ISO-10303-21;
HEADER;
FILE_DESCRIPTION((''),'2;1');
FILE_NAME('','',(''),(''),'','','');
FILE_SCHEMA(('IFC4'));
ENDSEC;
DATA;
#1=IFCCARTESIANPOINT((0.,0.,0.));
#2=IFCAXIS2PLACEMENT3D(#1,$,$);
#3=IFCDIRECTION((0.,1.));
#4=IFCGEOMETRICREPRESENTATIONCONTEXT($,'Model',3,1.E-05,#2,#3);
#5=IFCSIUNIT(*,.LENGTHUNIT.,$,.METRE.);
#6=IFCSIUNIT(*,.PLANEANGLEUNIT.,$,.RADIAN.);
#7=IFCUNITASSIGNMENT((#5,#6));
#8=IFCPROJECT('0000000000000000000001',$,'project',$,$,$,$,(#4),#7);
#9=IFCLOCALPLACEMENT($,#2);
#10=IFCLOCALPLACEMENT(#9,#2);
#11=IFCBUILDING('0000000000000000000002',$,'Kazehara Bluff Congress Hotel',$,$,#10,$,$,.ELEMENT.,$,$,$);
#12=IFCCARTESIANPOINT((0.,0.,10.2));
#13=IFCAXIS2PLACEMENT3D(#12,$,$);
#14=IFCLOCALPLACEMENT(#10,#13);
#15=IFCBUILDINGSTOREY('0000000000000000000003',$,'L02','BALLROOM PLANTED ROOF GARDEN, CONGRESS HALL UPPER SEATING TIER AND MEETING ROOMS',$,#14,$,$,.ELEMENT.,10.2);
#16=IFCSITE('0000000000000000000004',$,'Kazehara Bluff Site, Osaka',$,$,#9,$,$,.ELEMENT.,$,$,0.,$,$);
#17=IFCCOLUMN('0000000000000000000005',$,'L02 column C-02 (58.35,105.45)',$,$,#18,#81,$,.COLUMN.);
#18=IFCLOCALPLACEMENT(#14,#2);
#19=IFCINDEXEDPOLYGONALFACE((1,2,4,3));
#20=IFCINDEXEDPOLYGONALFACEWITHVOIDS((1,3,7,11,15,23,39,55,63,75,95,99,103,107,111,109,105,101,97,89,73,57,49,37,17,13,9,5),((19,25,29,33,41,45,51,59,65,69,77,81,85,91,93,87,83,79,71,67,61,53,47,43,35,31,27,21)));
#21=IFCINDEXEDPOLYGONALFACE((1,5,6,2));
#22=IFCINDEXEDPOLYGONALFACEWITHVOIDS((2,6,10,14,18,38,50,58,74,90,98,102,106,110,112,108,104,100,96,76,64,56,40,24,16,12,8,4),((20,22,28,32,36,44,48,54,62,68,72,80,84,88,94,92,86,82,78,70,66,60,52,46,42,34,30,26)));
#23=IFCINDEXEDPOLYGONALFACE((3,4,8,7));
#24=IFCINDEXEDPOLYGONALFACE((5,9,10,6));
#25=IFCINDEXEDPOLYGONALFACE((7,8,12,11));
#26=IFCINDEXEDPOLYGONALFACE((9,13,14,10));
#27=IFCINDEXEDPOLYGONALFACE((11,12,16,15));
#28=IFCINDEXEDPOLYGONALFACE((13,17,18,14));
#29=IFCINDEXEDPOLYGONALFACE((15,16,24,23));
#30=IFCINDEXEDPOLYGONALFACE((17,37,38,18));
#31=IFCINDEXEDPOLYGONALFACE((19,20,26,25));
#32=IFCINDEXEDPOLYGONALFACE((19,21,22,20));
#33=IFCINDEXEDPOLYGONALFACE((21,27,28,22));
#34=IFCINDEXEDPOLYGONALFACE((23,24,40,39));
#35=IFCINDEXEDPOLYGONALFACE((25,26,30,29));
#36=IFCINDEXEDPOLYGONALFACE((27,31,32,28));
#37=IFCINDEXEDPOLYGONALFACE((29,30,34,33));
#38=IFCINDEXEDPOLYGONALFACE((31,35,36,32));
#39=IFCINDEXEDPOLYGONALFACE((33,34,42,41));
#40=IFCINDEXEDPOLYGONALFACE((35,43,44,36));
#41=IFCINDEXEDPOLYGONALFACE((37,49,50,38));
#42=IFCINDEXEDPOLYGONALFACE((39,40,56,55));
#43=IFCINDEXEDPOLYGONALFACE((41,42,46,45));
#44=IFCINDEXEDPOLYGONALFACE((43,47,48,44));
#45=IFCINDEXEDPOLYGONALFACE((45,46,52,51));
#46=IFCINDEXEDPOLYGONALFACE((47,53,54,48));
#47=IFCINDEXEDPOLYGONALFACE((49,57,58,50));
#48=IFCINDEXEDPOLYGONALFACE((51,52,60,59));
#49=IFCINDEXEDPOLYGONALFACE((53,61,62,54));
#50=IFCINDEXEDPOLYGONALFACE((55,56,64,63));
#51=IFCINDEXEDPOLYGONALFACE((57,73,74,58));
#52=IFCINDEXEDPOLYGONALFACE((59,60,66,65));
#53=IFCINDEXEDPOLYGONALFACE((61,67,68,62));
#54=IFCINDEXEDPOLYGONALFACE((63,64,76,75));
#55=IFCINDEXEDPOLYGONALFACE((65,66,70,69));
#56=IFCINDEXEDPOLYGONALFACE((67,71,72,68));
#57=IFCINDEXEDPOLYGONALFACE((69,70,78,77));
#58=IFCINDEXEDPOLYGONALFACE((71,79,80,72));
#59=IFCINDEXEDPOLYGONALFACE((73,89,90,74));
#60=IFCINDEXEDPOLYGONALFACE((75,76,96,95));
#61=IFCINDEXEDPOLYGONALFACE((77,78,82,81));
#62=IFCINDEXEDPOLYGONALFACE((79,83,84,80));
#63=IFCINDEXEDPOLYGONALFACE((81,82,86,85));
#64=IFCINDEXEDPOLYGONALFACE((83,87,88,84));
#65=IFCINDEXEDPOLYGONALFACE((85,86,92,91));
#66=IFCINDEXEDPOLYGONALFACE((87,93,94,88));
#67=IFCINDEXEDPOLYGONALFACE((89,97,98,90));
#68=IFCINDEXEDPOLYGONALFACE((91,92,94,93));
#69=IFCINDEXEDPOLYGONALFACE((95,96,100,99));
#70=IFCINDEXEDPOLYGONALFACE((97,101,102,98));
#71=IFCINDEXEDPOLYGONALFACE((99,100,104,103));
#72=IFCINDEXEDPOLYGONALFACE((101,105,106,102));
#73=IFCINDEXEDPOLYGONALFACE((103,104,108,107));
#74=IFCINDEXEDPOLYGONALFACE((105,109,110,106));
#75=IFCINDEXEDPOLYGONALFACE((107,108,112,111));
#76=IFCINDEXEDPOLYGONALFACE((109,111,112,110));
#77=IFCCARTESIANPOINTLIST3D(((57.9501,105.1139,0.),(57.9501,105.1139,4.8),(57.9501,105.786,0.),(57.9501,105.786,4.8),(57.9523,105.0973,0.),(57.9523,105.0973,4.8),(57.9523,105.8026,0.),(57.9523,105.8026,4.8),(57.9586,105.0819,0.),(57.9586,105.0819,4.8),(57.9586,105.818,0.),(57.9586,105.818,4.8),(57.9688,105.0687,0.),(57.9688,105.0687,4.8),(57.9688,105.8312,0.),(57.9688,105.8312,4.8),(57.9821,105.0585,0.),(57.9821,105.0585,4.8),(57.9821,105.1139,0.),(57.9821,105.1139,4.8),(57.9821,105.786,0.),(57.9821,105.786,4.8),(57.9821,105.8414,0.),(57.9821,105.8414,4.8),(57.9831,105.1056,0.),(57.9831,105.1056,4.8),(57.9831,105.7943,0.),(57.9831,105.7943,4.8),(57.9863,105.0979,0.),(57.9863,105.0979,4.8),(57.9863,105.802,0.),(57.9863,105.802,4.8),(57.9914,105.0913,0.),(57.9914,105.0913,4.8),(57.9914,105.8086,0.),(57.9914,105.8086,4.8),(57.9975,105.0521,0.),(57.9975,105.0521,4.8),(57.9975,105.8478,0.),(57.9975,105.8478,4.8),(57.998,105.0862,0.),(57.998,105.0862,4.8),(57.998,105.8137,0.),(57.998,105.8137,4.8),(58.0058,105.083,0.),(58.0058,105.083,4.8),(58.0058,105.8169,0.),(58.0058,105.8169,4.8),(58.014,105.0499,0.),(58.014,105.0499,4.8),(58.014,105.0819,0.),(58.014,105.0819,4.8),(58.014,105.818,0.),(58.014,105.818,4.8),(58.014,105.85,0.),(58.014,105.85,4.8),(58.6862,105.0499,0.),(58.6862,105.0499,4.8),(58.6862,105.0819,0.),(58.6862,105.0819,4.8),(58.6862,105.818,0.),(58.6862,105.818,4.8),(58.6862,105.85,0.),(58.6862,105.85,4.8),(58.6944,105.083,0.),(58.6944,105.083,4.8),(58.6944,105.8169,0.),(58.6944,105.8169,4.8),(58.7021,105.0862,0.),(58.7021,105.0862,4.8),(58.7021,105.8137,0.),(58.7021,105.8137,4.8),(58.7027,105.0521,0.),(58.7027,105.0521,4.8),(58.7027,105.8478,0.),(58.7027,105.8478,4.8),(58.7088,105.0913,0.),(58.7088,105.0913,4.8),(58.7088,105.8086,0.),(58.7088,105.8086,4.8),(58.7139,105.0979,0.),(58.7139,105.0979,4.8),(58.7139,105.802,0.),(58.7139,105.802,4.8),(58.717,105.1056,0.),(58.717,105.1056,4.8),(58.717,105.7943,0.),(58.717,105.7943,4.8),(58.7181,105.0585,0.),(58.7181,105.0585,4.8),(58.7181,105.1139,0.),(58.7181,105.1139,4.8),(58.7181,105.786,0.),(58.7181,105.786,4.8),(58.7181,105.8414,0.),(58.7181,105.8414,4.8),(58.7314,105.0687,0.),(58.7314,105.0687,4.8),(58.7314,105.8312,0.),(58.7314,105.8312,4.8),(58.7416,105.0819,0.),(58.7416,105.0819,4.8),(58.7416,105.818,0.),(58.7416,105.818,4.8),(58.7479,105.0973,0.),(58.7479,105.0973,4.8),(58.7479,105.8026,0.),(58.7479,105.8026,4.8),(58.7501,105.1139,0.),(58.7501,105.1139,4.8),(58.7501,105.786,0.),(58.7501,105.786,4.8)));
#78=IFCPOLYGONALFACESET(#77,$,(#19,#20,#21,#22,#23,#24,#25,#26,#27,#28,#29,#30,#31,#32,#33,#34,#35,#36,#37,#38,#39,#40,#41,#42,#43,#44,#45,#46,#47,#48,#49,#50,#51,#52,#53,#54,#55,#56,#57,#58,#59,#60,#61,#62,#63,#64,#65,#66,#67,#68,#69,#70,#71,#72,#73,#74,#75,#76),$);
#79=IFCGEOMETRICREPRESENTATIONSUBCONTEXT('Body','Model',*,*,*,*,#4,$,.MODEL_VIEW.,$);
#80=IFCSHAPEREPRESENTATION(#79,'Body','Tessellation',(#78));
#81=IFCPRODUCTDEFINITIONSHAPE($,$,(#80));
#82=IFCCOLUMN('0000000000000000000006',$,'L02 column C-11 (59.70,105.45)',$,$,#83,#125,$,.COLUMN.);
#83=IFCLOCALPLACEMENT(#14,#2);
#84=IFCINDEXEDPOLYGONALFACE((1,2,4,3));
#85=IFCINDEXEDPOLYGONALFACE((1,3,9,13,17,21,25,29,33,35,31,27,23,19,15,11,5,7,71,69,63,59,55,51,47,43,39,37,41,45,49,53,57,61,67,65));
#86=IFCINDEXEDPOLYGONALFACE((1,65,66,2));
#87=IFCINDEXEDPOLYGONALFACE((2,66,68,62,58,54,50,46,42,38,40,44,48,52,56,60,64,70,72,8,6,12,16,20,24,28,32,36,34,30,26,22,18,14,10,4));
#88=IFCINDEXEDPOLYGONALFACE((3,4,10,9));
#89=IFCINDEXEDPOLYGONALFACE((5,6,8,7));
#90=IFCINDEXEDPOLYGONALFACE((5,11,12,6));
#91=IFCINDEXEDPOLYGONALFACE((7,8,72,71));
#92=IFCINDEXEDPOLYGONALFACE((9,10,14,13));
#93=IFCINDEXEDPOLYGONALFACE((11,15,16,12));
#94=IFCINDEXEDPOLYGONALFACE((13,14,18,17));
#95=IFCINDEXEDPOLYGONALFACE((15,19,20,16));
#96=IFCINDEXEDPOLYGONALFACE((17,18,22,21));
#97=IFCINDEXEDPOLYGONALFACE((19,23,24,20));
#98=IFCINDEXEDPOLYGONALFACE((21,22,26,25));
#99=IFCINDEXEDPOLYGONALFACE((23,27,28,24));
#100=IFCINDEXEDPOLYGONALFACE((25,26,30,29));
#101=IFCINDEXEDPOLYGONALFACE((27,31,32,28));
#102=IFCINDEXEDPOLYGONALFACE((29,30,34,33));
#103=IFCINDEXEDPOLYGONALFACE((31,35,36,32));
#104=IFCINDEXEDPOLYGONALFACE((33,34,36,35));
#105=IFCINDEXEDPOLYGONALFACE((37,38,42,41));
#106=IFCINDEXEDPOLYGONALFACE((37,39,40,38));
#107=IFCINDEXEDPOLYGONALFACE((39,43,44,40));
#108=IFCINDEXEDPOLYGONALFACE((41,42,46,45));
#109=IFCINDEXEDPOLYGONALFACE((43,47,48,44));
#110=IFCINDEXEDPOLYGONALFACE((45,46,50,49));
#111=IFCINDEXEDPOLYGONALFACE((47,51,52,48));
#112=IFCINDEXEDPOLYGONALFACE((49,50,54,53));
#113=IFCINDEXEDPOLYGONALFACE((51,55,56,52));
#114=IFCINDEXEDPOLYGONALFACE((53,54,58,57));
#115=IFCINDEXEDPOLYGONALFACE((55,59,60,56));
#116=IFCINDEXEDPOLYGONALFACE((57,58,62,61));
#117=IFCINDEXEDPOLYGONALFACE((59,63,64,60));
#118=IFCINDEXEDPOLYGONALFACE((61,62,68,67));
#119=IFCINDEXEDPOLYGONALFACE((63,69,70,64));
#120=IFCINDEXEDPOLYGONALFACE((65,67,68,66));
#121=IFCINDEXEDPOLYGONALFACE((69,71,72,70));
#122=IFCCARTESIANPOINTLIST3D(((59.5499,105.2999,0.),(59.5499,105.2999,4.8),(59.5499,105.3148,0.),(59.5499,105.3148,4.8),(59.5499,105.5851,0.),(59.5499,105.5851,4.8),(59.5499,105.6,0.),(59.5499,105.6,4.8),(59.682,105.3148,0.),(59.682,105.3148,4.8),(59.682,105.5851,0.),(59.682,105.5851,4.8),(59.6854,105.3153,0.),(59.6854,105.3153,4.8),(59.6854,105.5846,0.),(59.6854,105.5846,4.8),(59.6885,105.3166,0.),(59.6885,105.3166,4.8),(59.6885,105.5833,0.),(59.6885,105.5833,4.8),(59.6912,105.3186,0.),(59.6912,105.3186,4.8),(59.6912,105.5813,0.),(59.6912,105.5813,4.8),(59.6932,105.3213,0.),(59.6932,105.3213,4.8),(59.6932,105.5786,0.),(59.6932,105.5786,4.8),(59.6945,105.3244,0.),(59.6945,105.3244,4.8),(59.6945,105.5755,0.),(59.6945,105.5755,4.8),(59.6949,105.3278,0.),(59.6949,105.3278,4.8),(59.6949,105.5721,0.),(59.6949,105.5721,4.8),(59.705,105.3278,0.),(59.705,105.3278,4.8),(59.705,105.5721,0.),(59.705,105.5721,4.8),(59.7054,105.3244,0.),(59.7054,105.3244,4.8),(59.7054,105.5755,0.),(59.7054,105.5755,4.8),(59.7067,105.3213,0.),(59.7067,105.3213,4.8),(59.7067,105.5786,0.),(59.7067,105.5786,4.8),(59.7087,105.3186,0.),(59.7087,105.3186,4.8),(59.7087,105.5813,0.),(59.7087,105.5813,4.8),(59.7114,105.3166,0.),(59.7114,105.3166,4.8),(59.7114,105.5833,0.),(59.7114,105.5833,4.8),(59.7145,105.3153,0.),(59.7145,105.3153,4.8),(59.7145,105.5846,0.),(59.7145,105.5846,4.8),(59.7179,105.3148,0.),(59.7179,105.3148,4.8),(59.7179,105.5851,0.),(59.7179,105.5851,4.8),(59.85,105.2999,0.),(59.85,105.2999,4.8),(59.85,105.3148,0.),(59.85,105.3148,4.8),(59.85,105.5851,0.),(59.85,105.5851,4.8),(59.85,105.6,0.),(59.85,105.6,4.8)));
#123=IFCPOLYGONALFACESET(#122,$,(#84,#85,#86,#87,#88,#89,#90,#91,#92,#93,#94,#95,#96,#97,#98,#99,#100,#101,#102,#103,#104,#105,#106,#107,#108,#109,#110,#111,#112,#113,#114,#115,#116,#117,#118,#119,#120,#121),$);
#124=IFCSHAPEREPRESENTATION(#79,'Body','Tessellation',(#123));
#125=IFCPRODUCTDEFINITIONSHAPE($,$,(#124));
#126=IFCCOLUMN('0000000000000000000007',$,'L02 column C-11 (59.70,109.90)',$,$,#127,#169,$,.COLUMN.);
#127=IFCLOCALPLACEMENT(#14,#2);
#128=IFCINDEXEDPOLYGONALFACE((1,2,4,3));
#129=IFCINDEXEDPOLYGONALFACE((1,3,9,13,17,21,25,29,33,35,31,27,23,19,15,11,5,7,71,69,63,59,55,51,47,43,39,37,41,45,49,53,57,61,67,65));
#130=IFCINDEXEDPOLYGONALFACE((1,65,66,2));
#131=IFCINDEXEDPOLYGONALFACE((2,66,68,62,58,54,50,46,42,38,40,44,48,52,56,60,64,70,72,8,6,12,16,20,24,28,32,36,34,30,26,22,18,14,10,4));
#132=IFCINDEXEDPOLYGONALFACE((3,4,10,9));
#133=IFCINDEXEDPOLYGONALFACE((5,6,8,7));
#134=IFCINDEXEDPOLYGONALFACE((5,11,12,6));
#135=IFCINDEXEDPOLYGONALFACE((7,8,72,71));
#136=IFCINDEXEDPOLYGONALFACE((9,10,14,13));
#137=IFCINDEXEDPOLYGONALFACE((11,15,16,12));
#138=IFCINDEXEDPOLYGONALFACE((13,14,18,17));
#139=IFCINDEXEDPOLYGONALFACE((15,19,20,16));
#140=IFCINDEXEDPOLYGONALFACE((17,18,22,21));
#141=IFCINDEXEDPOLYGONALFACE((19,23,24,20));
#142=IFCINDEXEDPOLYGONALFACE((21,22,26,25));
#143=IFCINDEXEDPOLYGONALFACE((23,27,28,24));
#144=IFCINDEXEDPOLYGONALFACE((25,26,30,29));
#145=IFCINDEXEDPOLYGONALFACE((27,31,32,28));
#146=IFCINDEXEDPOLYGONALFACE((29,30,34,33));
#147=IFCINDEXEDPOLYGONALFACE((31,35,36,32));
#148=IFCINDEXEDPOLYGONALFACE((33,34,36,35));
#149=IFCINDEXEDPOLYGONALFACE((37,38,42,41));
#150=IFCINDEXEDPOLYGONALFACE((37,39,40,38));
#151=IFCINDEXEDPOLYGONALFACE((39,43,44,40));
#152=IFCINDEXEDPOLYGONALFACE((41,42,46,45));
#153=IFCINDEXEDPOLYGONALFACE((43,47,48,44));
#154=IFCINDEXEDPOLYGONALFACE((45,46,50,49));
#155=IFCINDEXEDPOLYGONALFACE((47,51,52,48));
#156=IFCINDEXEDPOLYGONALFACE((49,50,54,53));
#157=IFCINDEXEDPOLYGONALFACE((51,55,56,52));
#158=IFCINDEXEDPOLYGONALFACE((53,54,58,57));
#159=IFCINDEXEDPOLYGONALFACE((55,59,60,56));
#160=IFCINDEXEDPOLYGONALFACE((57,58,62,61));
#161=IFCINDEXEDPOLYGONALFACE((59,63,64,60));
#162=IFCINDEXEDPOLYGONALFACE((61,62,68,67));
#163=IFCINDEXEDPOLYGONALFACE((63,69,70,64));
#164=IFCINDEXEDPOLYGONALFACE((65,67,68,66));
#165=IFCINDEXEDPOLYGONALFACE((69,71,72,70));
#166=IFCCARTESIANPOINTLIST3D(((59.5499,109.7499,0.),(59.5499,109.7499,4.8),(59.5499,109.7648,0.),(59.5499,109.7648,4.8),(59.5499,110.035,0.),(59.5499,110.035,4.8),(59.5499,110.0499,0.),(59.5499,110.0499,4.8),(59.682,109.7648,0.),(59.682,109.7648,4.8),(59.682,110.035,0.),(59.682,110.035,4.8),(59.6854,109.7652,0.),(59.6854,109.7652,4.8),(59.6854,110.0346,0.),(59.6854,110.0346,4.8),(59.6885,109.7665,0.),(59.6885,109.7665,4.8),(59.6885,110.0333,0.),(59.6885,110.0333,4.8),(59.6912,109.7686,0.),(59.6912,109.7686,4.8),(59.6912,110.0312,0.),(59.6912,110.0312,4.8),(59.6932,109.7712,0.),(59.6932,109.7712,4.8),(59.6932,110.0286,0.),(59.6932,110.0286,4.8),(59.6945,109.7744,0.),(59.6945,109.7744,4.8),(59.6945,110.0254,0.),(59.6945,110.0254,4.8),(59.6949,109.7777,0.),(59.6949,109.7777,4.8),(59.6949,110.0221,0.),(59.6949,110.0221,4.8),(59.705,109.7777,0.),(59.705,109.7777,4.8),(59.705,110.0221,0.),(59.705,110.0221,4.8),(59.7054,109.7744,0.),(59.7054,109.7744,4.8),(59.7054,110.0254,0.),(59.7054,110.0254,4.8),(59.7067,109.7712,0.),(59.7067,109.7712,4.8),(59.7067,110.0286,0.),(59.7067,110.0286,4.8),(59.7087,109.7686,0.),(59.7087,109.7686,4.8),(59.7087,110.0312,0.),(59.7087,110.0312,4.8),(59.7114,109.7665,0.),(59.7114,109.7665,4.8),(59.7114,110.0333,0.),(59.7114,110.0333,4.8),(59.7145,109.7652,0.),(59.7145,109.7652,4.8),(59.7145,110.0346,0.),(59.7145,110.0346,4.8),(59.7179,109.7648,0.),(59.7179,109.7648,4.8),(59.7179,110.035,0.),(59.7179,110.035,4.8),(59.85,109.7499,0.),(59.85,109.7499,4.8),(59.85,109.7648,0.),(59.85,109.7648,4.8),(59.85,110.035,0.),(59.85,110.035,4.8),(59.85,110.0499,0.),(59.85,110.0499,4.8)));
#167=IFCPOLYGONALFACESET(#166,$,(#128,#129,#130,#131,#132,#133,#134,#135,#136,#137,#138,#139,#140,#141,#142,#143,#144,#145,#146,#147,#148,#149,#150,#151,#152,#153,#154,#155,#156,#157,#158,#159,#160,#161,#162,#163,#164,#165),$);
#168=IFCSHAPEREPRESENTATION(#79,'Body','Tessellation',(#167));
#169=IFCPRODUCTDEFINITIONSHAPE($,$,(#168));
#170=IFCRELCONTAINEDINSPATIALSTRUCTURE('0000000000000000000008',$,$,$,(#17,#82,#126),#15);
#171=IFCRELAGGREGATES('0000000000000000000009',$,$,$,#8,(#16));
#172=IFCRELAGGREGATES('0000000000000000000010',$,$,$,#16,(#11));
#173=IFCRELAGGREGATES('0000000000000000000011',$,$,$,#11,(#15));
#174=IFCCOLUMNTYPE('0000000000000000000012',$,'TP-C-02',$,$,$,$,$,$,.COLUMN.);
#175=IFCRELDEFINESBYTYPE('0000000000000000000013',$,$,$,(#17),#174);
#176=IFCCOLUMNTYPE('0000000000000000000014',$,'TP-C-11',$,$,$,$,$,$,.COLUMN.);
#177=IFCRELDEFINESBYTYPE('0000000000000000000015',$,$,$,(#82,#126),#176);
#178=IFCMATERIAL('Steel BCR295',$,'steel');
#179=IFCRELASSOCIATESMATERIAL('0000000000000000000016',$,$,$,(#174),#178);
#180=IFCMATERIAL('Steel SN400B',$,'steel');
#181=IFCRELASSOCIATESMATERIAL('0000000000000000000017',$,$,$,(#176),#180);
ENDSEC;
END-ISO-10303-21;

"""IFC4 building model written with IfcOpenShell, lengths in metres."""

from ifc_helpers import new_model, si_unit, direction, frame, origin, origin_2d, place, context, subcontext, project, spatial, hollow_rectangle, i_section, extrude, material, material_profile, profile_set, type_object, element, save


model = new_model("IFC4")

# Units and contexts
model_context = context("Model", 3, precision=1e-05, world=origin(), true_north=direction((0.0, 1.0)))
body_context = subcontext(model_context, "Body", "Model", "MODEL_VIEW")
ifc_project = project(units=[si_unit("LENGTHUNIT", "METRE"), si_unit("PLANEANGLEUNIT", "RADIAN")], contexts=[model_context])

# Site, building, storey
site_placement = place(None, origin())
site = spatial("IfcSite", under=ifc_project, at=site_placement, Name="Kazehara Bluff Site, Osaka", CompositionType="ELEMENT", RefElevation=0.0)
building_placement = place(site_placement, origin())
building = spatial("IfcBuilding", under=site, at=building_placement, Name="Kazehara Bluff Congress Hotel", CompositionType="ELEMENT")
storey_placement = place(building_placement, frame((0.0, 0.0, 10.2)))
storey = spatial("IfcBuildingStorey", under=building, at=storey_placement, Name="L02", Description="BALLROOM PLANTED ROOF GARDEN, CONGRESS HALL UPPER SEATING TIER AND MEETING ROOMS", CompositionType="ELEMENT", Elevation=10.2)

# Columns
ifc_material_1 = material(Name="Steel BCR295", Category="steel")
ifc_material_profile_1 = material_profile(ifc_material_1, hollow_rectangle(XDim=0.8, YDim=0.8, WallThickness=0.032, InnerFilletRadius=0.032, OuterFilletRadius=0.064, at=origin_2d()))
ifc_profile_set_1 = profile_set([ifc_material_profile_1], Name="Steel BCR295")
column_type_1 = type_object("IfcColumnType", Name="TP-C-02", PredefinedType="COLUMN", material=ifc_profile_set_1)
column_placement = place(storey_placement, frame((58.3501, 105.45, 0.0), z_axis=(0.0, 0.0, 1.0), x_axis=(1.0, 0.0, 0.0)))
element("IfcColumn", 1, at=column_placement, inside=storey, type_object=column_type_1, Name="L02 column C-02 (58.35,105.45)", PredefinedType="COLUMN", context=body_context, shape_type="SweptSolid", body=[
    extrude(hollow_rectangle(XDim=0.8, YDim=0.8, WallThickness=0.032, InnerFilletRadius=0.032, OuterFilletRadius=0.064, at=origin_2d()), origin(), (0.0, 0.0, 1.0), 4.8),
])
ifc_material_2 = material(Name="Steel SN400B", Category="steel")
ifc_material_profile_2 = material_profile(ifc_material_2, i_section(OverallWidth=0.3, OverallDepth=0.3, WebThickness=0.01, FlangeThickness=0.0149, FilletRadius=0.0129, at=origin_2d()))
ifc_profile_set_2 = profile_set([ifc_material_profile_2], Name="Steel SN400B")
column_type_2 = type_object("IfcColumnType", Name="TP-C-11", PredefinedType="COLUMN", material=ifc_profile_set_2)
for number, where, z_axis, x_axis, name in (
    (2, (59.7, 105.45, 0.0), (0.0, 0.0, 1.0), (1.0, 0.0, 0.0), "L02 column C-11 (59.70,105.45)"),
    (3, (59.7, 109.8999, 0.0), (0.0, 0.0, 1.0), (1.0, 0.0, 0.0), "L02 column C-11 (59.70,109.90)"),
):
    element("IfcColumn", number, at=place(storey_placement, frame(where, z_axis=z_axis, x_axis=x_axis)), inside=storey, type_object=column_type_2, Name=name, PredefinedType="COLUMN", context=body_context, shape_type="SweptSolid", body=[
        extrude(i_section(OverallWidth=0.3, OverallDepth=0.3, WebThickness=0.01, FlangeThickness=0.0149, FilletRadius=0.0129, at=origin_2d()), origin(), (0.0, 0.0, 1.0), 4.8),
    ])

save(model, "model.ifc")
